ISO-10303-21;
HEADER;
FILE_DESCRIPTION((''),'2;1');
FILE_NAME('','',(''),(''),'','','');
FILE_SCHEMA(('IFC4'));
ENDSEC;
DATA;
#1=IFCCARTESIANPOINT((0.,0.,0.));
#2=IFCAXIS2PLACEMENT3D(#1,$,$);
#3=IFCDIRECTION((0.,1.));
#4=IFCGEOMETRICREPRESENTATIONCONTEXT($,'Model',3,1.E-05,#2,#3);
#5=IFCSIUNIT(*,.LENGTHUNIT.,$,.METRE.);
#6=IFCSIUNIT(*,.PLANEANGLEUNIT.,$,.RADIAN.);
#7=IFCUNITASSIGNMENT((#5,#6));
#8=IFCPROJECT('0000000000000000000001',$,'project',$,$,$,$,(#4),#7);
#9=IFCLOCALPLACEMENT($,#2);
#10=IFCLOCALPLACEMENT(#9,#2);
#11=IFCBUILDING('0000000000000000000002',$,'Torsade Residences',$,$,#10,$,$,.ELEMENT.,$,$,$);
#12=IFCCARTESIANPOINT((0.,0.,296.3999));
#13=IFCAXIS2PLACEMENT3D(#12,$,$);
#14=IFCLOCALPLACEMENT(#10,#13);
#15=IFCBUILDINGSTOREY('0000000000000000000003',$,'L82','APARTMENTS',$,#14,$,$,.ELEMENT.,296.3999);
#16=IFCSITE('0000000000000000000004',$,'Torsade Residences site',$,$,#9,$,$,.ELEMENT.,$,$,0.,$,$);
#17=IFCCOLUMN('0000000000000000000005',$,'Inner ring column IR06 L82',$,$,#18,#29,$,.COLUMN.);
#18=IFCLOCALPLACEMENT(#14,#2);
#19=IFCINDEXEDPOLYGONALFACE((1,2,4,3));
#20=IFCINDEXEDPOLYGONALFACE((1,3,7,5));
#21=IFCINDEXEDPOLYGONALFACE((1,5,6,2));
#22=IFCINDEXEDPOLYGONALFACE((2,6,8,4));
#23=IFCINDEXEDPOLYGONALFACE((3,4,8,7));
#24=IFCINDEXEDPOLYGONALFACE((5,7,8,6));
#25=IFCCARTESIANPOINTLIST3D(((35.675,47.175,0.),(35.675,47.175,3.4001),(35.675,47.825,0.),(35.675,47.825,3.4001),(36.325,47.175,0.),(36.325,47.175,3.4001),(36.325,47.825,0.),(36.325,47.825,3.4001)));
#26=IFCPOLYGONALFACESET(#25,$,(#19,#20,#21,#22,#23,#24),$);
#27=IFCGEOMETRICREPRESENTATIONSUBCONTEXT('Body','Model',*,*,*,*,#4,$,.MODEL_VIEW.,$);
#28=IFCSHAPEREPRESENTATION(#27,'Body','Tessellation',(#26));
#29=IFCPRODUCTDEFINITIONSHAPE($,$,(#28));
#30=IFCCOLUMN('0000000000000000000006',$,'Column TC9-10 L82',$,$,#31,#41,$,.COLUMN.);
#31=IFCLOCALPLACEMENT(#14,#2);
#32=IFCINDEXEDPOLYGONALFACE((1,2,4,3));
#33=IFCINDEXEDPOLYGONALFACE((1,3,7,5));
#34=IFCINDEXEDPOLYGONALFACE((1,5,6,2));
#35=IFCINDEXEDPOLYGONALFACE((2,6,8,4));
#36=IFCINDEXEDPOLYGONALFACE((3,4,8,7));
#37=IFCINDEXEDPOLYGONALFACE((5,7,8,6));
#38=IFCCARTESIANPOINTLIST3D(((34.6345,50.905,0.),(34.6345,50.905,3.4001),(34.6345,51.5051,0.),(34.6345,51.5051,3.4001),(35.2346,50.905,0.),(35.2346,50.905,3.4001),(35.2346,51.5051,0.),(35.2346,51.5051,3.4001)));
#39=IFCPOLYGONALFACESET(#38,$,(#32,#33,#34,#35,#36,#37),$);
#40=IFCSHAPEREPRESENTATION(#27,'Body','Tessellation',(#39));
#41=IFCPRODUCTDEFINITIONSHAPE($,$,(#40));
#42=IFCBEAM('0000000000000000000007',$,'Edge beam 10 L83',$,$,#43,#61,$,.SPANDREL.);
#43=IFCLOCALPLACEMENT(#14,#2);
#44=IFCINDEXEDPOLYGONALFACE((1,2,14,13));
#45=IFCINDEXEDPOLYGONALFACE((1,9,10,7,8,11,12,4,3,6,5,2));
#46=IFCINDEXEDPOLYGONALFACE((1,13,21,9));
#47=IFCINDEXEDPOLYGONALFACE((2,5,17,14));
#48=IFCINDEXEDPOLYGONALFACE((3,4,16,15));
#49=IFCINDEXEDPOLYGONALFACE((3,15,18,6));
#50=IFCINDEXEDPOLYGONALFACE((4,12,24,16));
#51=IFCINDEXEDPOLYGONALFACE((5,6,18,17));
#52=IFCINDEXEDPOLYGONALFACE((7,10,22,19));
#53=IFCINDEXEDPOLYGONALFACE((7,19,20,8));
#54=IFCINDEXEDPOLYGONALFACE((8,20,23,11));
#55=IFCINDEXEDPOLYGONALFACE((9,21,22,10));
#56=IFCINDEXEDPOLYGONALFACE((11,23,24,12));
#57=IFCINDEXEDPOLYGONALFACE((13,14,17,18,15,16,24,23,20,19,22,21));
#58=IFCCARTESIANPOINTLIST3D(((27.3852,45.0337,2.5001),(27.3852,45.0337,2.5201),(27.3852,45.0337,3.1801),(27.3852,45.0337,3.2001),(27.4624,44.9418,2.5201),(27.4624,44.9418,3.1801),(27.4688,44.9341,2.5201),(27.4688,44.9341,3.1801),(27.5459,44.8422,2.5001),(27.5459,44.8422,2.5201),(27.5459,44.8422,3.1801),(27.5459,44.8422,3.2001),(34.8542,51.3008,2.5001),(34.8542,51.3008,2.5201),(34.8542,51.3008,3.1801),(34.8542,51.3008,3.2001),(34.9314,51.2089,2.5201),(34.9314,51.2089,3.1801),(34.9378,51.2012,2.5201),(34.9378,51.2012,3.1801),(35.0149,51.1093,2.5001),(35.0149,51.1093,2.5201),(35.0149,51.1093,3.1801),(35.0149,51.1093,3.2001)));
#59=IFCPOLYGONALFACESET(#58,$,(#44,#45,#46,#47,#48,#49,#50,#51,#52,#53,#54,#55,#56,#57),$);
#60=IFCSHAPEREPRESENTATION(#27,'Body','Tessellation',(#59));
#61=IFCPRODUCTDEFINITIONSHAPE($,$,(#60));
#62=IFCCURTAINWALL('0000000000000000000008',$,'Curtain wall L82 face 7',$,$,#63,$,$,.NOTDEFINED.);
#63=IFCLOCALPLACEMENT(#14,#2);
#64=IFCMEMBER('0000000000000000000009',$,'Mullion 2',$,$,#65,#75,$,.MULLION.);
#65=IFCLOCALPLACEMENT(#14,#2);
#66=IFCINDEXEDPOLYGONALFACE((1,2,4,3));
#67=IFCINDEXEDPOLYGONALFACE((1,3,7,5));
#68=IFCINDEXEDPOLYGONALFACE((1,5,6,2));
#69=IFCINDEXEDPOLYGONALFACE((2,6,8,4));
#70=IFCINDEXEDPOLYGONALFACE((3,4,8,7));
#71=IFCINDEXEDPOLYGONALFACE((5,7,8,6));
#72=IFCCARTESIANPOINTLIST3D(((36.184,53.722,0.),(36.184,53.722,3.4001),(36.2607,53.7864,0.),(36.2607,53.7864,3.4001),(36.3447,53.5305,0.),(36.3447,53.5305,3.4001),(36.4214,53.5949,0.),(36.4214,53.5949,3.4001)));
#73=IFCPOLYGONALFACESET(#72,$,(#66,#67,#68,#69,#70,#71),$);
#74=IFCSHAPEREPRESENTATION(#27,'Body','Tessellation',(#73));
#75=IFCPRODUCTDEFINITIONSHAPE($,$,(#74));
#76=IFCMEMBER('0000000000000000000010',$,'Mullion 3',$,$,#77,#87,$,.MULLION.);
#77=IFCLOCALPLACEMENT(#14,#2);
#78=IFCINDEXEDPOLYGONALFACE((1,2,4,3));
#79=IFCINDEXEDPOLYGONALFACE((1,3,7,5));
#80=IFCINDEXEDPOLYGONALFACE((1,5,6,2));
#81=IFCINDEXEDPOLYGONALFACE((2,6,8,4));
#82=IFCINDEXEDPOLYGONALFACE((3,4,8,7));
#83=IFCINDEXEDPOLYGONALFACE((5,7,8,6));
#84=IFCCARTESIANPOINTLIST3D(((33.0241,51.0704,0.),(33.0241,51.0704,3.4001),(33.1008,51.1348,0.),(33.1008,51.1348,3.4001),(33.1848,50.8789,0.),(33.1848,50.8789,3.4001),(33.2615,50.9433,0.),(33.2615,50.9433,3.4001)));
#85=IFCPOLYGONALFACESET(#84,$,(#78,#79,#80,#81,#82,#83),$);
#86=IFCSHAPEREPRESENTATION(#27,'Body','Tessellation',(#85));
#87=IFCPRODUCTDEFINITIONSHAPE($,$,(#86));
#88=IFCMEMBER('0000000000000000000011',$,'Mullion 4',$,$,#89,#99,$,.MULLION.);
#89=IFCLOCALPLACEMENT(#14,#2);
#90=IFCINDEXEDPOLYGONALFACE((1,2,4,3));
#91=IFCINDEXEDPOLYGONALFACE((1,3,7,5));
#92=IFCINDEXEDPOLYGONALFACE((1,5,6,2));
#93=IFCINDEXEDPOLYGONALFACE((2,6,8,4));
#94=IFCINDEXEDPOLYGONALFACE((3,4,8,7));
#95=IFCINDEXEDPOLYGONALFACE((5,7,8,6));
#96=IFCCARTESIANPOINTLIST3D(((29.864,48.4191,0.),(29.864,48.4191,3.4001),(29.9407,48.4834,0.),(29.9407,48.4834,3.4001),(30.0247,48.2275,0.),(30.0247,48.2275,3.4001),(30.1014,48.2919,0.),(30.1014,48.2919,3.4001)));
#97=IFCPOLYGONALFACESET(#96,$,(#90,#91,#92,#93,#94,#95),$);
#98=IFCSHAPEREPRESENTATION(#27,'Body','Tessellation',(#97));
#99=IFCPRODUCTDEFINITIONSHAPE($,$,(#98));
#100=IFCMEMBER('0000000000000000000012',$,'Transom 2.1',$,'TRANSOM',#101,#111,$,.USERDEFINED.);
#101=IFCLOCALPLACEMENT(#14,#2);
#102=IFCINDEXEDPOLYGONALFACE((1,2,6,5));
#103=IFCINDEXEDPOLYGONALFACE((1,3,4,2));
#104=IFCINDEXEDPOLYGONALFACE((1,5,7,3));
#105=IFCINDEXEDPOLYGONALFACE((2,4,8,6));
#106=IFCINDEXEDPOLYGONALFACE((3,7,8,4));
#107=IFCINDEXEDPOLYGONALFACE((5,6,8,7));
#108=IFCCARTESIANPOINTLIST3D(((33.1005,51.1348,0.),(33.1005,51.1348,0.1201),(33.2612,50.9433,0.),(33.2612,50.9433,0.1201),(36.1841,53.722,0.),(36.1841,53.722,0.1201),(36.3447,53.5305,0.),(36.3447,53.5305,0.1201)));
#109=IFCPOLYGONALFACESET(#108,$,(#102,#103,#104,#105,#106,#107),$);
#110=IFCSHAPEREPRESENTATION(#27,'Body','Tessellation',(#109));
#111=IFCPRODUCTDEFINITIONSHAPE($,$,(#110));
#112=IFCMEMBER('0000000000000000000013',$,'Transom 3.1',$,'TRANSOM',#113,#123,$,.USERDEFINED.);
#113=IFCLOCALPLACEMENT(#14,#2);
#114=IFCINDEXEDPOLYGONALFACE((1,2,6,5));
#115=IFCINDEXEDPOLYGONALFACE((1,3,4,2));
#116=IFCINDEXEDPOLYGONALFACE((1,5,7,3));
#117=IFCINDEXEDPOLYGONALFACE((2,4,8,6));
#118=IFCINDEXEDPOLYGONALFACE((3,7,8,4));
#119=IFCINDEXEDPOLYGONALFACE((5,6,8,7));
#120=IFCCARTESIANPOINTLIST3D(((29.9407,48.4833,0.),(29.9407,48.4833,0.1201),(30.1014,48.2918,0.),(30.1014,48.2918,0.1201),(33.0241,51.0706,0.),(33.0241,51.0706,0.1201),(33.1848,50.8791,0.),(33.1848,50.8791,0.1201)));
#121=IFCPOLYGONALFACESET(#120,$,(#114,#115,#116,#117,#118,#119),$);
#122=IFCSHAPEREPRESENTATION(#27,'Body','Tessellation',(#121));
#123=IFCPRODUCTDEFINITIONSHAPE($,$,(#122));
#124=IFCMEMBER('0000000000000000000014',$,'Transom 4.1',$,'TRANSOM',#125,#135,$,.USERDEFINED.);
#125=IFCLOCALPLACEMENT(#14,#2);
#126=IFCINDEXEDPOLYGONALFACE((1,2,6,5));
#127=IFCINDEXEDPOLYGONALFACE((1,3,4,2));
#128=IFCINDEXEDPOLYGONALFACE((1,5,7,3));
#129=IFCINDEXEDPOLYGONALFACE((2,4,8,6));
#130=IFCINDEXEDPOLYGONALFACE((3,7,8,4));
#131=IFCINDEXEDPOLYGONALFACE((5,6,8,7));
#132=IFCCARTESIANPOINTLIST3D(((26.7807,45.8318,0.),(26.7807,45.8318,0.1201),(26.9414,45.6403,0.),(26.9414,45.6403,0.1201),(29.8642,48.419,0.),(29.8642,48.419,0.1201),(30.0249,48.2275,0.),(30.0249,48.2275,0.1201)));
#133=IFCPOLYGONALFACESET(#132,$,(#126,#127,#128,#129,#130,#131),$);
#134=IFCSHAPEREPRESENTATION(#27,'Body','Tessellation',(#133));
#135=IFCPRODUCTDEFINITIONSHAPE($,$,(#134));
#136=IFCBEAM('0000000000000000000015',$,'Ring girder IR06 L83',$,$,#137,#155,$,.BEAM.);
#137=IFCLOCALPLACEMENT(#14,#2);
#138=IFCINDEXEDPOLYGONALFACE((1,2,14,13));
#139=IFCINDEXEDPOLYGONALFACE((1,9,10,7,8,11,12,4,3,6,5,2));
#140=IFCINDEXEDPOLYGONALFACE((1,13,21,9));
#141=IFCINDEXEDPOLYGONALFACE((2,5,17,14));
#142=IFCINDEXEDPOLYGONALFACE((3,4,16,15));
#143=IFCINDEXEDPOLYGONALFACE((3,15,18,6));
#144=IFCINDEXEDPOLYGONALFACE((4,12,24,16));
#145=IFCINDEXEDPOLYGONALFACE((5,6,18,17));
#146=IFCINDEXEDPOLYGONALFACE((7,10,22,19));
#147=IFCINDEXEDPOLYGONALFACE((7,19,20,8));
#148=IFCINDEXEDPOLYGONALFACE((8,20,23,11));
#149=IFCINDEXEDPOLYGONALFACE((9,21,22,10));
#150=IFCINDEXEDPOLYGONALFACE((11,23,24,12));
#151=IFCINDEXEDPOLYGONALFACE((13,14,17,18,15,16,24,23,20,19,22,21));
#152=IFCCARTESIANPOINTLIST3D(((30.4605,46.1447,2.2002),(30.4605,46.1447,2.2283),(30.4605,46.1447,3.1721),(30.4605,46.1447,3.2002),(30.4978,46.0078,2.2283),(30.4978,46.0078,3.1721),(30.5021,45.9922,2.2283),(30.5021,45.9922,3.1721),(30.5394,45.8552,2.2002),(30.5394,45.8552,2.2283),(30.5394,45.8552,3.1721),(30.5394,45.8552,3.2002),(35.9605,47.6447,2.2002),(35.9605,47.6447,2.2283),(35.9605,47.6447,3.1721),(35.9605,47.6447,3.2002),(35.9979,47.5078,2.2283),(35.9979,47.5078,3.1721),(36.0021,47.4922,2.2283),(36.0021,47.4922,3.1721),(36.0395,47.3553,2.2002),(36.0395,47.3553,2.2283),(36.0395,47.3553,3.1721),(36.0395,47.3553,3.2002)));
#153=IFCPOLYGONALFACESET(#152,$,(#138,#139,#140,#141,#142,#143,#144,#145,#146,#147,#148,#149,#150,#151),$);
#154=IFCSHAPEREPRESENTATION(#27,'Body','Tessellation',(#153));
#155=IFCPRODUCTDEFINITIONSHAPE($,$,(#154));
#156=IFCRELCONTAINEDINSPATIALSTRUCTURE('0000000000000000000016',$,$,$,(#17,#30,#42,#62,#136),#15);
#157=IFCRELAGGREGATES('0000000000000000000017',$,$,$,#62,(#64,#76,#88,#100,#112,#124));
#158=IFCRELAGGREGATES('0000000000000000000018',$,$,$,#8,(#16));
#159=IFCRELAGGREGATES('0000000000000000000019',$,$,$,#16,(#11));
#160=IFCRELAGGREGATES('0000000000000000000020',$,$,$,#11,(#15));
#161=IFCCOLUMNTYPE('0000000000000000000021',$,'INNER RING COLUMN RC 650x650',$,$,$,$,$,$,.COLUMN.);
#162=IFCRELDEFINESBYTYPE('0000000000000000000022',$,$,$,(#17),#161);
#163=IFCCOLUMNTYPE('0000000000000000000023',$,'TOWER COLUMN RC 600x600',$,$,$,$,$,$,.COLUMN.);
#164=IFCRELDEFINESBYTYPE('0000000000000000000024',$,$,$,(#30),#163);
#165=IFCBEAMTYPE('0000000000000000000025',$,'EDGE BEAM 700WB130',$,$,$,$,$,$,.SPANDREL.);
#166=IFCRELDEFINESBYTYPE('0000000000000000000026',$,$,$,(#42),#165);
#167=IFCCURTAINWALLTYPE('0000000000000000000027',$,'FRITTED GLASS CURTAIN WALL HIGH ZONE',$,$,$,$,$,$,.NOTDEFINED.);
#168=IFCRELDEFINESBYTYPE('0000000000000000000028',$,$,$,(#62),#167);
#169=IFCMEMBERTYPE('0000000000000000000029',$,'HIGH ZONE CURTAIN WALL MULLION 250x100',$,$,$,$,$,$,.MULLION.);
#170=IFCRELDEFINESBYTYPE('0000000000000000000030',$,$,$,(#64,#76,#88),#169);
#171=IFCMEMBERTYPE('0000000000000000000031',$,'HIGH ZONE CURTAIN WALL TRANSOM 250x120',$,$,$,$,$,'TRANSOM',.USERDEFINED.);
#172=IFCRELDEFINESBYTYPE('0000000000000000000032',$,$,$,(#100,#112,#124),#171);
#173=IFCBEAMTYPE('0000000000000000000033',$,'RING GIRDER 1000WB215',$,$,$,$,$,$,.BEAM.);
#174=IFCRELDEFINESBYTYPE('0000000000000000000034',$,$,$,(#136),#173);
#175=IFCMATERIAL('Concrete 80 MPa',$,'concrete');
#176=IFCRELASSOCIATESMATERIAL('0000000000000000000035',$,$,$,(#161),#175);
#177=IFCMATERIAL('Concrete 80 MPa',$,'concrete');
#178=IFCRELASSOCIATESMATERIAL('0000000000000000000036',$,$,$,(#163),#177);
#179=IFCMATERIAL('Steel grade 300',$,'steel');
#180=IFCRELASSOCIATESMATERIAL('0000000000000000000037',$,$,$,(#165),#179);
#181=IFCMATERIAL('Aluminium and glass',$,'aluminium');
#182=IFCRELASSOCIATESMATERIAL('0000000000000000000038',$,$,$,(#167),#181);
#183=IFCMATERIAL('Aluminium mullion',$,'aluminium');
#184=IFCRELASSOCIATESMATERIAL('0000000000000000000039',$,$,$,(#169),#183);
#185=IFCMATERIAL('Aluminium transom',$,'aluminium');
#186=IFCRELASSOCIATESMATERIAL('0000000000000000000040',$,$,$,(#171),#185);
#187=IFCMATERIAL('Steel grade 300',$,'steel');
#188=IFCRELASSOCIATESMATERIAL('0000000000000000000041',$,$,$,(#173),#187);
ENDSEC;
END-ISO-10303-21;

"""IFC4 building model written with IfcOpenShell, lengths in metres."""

from ifc_helpers import new_model, si_unit, direction, frame, origin, origin_2d, place, context, subcontext, project, spatial, rectangle, i_section, extrude, material, material_profile, profile_set, type_object, element, aggregate, save


model = new_model("IFC4")

# Units and contexts
model_context = context("Model", 3, precision=1e-05, world=origin(), true_north=direction((0.0, 1.0)))
body_context = subcontext(model_context, "Body", "Model", "MODEL_VIEW")
ifc_project = project(units=[si_unit("LENGTHUNIT", "METRE"), si_unit("PLANEANGLEUNIT", "RADIAN")], contexts=[model_context])

# Site, building, storey
site_placement = place(None, origin())
site = spatial("IfcSite", under=ifc_project, at=site_placement, Name="Torsade Residences site", CompositionType="ELEMENT", RefElevation=0.0)
building_placement = place(site_placement, origin())
building = spatial("IfcBuilding", under=site, at=building_placement, Name="Torsade Residences", CompositionType="ELEMENT")
storey_placement = place(building_placement, frame((0.0, 0.0, 296.3999)))
storey = spatial("IfcBuildingStorey", under=building, at=storey_placement, Name="L82", Description="APARTMENTS", CompositionType="ELEMENT", Elevation=296.3999)

# Columns
ifc_material_1 = material(Name="Concrete 80 MPa", Category="concrete")
ifc_material_profile_1 = material_profile(ifc_material_1, rectangle(XDim=0.6499, YDim=0.6499, at=origin_2d()), Name="RC 650x650")
ifc_profile_set_1 = profile_set([ifc_material_profile_1], Name="Concrete 80 MPa")
column_type_1 = type_object("IfcColumnType", Name="INNER RING COLUMN RC 650x650", PredefinedType="COLUMN", material=ifc_profile_set_1)
column_1_placement = place(storey_placement, frame((36.0, 47.5, 0.0), z_axis=(0.0, 0.0, 1.0), x_axis=(1.0, 0.0, 0.0)))
element("IfcColumn", 1, at=column_1_placement, inside=storey, type_object=column_type_1, Name="Inner ring column IR06 L82", PredefinedType="COLUMN", context=body_context, shape_type="SweptSolid", body=[
    extrude(rectangle(XDim=0.6499, YDim=0.6499, at=origin_2d()), origin(), (0.0, 0.0, 1.0), 3.4001),
])
ifc_material_2 = material(Name="Concrete 80 MPa", Category="concrete")
ifc_material_profile_2 = material_profile(ifc_material_2, rectangle(XDim=0.6001, YDim=0.6001, at=origin_2d()), Name="RC 600x600")
ifc_profile_set_2 = profile_set([ifc_material_profile_2], Name="Concrete 80 MPa")
column_type_2 = type_object("IfcColumnType", Name="TOWER COLUMN RC 600x600", PredefinedType="COLUMN", material=ifc_profile_set_2)
column_2_placement = place(storey_placement, frame((34.9346, 51.2051, 0.0), z_axis=(0.0, 0.0, 1.0), x_axis=(1.0, 0.0, 0.0)))
element("IfcColumn", 2, at=column_2_placement, inside=storey, type_object=column_type_2, Name="Column TC9-10 L82", PredefinedType="COLUMN", context=body_context, shape_type="SweptSolid", body=[
    extrude(rectangle(XDim=0.6001, YDim=0.6001, at=origin_2d()), origin(), (0.0, 0.0, 1.0), 3.4001),
])

# Beam
ifc_material_3 = material(Name="Steel grade 300", Category="steel")
ifc_material_profile_3 = material_profile(ifc_material_3, i_section(OverallWidth=0.25, OverallDepth=0.7, WebThickness=0.01, FlangeThickness=0.02, at=origin_2d()), Name="700WB130")
ifc_profile_set_3 = profile_set([ifc_material_profile_3], Name="Steel grade 300")
beam_type_1 = type_object("IfcBeamType", Name="EDGE BEAM 700WB130", PredefinedType="SPANDREL", material=ifc_profile_set_3)
beam_1_placement = place(storey_placement, frame((34.9346, 51.2051, 2.8501), z_axis=(-0.766052, -0.642779, 0.0), x_axis=(0.642779, -0.766052, 0.0)))
element("IfcBeam", 3, at=beam_1_placement, inside=storey, type_object=beam_type_1, Name="Edge beam 10 L83", PredefinedType="SPANDREL", context=body_context, shape_type="SweptSolid", body=[
    extrude(i_section(OverallWidth=0.25, OverallDepth=0.7, WebThickness=0.01, FlangeThickness=0.02, at=origin_2d()), origin(), (0.0, 0.0, 1.0), 9.75),
])

# Curtain wall, members
ifc_material_4 = material(Name="Aluminium and glass", Category="aluminium")
curtain_wall_type = type_object("IfcCurtainWallType", Name="FRITTED GLASS CURTAIN WALL HIGH ZONE", PredefinedType="NOTDEFINED", material=ifc_material_4)
curtain_wall_placement = place(storey_placement, origin())
curtain_wall = element("IfcCurtainWall", 4, at=curtain_wall_placement, inside=storey, type_object=curtain_wall_type, Name="Curtain wall L82 face 7", PredefinedType="NOTDEFINED")
ifc_material_5 = material(Name="Aluminium mullion", Category="aluminium")
ifc_material_profile_4 = material_profile(ifc_material_5, rectangle(XDim=0.25, YDim=0.1001, at=origin_2d()), Name="HIGH ZONE CURTAIN WALL MULLION 250x100")
ifc_profile_set_4 = profile_set([ifc_material_profile_4], Name="Aluminium mullion")
member_type_1 = type_object("IfcMemberType", Name="HIGH ZONE CURTAIN WALL MULLION 250x100", PredefinedType="MULLION", material=ifc_profile_set_4)
member_1_placement = place(storey_placement, frame((36.3027, 53.6584, 0.0), z_axis=(0.0, 0.0, 1.0), x_axis=(0.642788, -0.766044, 0.0)))
member_1 = element("IfcMember", 5, at=member_1_placement, type_object=member_type_1, Name="Mullion 2", PredefinedType="MULLION", context=body_context, shape_type="SweptSolid", body=[
    extrude(rectangle(XDim=0.25, YDim=0.1001, at=origin_2d()), origin(), (0.0, 0.0, 1.0), 3.4001),
])
member_2_placement = place(storey_placement, frame((33.1428, 51.0068, 0.0), z_axis=(0.0, 0.0, 1.0), x_axis=(0.642788, -0.766044, 0.0)))
member_2 = element("IfcMember", 6, at=member_2_placement, type_object=member_type_1, Name="Mullion 3", PredefinedType="MULLION", context=body_context, shape_type="SweptSolid", body=[
    extrude(rectangle(XDim=0.25, YDim=0.1001, at=origin_2d()), origin(), (0.0, 0.0, 1.0), 3.4001),
])
member_3_placement = place(storey_placement, frame((29.9827, 48.3555, 0.0), z_axis=(0.0, 0.0, 1.0), x_axis=(0.642788, -0.766044, 0.0)))
member_3 = element("IfcMember", 7, at=member_3_placement, type_object=member_type_1, Name="Mullion 4", PredefinedType="MULLION", context=body_context, shape_type="SweptSolid", body=[
    extrude(rectangle(XDim=0.25, YDim=0.1001, at=origin_2d()), origin(), (0.0, 0.0, 1.0), 3.4001),
])
ifc_material_6 = material(Name="Aluminium transom", Category="aluminium")
ifc_material_profile_5 = material_profile(ifc_material_6, rectangle(XDim=0.25, YDim=0.1201, at=origin_2d()), Name="HIGH ZONE CURTAIN WALL TRANSOM 250x120")
ifc_profile_set_5 = profile_set([ifc_material_profile_5], Name="Aluminium transom")
member_type_2 = type_object("IfcMemberType", Name="HIGH ZONE CURTAIN WALL TRANSOM 250x120", ElementType="TRANSOM", PredefinedType="USERDEFINED", material=ifc_profile_set_5)
member_4_placement = place(storey_placement, frame((36.2644, 53.6262, 0.0601), z_axis=(-0.766069, -0.642758, 0.0), x_axis=(0.642758, -0.766069, 0.0)))
member_4 = element("IfcMember", 8, at=member_4_placement, type_object=member_type_2, Name="Transom 2.1", ObjectType="TRANSOM", PredefinedType="USERDEFINED", context=body_context, shape_type="SweptSolid", body=[
    extrude(rectangle(XDim=0.25, YDim=0.1201, at=origin_2d()), origin(), (0.0, 0.0, 1.0), 4.0251),
])
member_5_placement = place(storey_placement, frame((33.1045, 50.9749, 0.0601), z_axis=(-0.766039, -0.642794, 0.0), x_axis=(0.642794, -0.766039, 0.0)))
member_5 = element("IfcMember", 9, at=member_5_placement, type_object=member_type_2, Name="Transom 3.1", ObjectType="TRANSOM", PredefinedType="USERDEFINED", context=body_context, shape_type="SweptSolid", body=[
    extrude(rectangle(XDim=0.25, YDim=0.1201, at=origin_2d()), origin(), (0.0, 0.0, 1.0), 4.0251),
])
member_6_placement = place(storey_placement, frame((29.9446, 48.3232, 0.0601), z_axis=(-0.766069, -0.642758, 0.0), x_axis=(0.642758, -0.766069, 0.0)))
member_6 = element("IfcMember", 10, at=member_6_placement, type_object=member_type_2, Name="Transom 4.1", ObjectType="TRANSOM", PredefinedType="USERDEFINED", context=body_context, shape_type="SweptSolid", body=[
    extrude(rectangle(XDim=0.25, YDim=0.1201, at=origin_2d()), origin(), (0.0, 0.0, 1.0), 4.0251),
])

# Beam
ifc_material_7 = material(Name="Steel grade 300", Category="steel")
ifc_material_profile_6 = material_profile(ifc_material_7, i_section(OverallWidth=0.3, OverallDepth=1.0, WebThickness=0.0161, FlangeThickness=0.0281, at=origin_2d()), Name="1000WB215")
ifc_profile_set_6 = profile_set([ifc_material_profile_6], Name="Steel grade 300")
beam_type_2 = type_object("IfcBeamType", Name="RING GIRDER 1000WB215", PredefinedType="BEAM", material=ifc_profile_set_6)
beam_2_placement = place(storey_placement, frame((36.0, 47.5, 2.7002), z_axis=(-0.964764, -0.263117, 0.0), x_axis=(0.263117, -0.964764, 0.0)))
element("IfcBeam", 11, at=beam_2_placement, inside=storey, type_object=beam_type_2, Name="Ring girder IR06 L83", PredefinedType="BEAM", context=body_context, shape_type="SweptSolid", body=[
    extrude(i_section(OverallWidth=0.3, OverallDepth=1.0, WebThickness=0.0161, FlangeThickness=0.0281, at=origin_2d()), origin(), (0.0, 0.0, 1.0), 5.7009),
])

aggregate(curtain_wall, [member_1, member_2, member_3, member_4, member_5, member_6])

save(model, "model.ifc")
